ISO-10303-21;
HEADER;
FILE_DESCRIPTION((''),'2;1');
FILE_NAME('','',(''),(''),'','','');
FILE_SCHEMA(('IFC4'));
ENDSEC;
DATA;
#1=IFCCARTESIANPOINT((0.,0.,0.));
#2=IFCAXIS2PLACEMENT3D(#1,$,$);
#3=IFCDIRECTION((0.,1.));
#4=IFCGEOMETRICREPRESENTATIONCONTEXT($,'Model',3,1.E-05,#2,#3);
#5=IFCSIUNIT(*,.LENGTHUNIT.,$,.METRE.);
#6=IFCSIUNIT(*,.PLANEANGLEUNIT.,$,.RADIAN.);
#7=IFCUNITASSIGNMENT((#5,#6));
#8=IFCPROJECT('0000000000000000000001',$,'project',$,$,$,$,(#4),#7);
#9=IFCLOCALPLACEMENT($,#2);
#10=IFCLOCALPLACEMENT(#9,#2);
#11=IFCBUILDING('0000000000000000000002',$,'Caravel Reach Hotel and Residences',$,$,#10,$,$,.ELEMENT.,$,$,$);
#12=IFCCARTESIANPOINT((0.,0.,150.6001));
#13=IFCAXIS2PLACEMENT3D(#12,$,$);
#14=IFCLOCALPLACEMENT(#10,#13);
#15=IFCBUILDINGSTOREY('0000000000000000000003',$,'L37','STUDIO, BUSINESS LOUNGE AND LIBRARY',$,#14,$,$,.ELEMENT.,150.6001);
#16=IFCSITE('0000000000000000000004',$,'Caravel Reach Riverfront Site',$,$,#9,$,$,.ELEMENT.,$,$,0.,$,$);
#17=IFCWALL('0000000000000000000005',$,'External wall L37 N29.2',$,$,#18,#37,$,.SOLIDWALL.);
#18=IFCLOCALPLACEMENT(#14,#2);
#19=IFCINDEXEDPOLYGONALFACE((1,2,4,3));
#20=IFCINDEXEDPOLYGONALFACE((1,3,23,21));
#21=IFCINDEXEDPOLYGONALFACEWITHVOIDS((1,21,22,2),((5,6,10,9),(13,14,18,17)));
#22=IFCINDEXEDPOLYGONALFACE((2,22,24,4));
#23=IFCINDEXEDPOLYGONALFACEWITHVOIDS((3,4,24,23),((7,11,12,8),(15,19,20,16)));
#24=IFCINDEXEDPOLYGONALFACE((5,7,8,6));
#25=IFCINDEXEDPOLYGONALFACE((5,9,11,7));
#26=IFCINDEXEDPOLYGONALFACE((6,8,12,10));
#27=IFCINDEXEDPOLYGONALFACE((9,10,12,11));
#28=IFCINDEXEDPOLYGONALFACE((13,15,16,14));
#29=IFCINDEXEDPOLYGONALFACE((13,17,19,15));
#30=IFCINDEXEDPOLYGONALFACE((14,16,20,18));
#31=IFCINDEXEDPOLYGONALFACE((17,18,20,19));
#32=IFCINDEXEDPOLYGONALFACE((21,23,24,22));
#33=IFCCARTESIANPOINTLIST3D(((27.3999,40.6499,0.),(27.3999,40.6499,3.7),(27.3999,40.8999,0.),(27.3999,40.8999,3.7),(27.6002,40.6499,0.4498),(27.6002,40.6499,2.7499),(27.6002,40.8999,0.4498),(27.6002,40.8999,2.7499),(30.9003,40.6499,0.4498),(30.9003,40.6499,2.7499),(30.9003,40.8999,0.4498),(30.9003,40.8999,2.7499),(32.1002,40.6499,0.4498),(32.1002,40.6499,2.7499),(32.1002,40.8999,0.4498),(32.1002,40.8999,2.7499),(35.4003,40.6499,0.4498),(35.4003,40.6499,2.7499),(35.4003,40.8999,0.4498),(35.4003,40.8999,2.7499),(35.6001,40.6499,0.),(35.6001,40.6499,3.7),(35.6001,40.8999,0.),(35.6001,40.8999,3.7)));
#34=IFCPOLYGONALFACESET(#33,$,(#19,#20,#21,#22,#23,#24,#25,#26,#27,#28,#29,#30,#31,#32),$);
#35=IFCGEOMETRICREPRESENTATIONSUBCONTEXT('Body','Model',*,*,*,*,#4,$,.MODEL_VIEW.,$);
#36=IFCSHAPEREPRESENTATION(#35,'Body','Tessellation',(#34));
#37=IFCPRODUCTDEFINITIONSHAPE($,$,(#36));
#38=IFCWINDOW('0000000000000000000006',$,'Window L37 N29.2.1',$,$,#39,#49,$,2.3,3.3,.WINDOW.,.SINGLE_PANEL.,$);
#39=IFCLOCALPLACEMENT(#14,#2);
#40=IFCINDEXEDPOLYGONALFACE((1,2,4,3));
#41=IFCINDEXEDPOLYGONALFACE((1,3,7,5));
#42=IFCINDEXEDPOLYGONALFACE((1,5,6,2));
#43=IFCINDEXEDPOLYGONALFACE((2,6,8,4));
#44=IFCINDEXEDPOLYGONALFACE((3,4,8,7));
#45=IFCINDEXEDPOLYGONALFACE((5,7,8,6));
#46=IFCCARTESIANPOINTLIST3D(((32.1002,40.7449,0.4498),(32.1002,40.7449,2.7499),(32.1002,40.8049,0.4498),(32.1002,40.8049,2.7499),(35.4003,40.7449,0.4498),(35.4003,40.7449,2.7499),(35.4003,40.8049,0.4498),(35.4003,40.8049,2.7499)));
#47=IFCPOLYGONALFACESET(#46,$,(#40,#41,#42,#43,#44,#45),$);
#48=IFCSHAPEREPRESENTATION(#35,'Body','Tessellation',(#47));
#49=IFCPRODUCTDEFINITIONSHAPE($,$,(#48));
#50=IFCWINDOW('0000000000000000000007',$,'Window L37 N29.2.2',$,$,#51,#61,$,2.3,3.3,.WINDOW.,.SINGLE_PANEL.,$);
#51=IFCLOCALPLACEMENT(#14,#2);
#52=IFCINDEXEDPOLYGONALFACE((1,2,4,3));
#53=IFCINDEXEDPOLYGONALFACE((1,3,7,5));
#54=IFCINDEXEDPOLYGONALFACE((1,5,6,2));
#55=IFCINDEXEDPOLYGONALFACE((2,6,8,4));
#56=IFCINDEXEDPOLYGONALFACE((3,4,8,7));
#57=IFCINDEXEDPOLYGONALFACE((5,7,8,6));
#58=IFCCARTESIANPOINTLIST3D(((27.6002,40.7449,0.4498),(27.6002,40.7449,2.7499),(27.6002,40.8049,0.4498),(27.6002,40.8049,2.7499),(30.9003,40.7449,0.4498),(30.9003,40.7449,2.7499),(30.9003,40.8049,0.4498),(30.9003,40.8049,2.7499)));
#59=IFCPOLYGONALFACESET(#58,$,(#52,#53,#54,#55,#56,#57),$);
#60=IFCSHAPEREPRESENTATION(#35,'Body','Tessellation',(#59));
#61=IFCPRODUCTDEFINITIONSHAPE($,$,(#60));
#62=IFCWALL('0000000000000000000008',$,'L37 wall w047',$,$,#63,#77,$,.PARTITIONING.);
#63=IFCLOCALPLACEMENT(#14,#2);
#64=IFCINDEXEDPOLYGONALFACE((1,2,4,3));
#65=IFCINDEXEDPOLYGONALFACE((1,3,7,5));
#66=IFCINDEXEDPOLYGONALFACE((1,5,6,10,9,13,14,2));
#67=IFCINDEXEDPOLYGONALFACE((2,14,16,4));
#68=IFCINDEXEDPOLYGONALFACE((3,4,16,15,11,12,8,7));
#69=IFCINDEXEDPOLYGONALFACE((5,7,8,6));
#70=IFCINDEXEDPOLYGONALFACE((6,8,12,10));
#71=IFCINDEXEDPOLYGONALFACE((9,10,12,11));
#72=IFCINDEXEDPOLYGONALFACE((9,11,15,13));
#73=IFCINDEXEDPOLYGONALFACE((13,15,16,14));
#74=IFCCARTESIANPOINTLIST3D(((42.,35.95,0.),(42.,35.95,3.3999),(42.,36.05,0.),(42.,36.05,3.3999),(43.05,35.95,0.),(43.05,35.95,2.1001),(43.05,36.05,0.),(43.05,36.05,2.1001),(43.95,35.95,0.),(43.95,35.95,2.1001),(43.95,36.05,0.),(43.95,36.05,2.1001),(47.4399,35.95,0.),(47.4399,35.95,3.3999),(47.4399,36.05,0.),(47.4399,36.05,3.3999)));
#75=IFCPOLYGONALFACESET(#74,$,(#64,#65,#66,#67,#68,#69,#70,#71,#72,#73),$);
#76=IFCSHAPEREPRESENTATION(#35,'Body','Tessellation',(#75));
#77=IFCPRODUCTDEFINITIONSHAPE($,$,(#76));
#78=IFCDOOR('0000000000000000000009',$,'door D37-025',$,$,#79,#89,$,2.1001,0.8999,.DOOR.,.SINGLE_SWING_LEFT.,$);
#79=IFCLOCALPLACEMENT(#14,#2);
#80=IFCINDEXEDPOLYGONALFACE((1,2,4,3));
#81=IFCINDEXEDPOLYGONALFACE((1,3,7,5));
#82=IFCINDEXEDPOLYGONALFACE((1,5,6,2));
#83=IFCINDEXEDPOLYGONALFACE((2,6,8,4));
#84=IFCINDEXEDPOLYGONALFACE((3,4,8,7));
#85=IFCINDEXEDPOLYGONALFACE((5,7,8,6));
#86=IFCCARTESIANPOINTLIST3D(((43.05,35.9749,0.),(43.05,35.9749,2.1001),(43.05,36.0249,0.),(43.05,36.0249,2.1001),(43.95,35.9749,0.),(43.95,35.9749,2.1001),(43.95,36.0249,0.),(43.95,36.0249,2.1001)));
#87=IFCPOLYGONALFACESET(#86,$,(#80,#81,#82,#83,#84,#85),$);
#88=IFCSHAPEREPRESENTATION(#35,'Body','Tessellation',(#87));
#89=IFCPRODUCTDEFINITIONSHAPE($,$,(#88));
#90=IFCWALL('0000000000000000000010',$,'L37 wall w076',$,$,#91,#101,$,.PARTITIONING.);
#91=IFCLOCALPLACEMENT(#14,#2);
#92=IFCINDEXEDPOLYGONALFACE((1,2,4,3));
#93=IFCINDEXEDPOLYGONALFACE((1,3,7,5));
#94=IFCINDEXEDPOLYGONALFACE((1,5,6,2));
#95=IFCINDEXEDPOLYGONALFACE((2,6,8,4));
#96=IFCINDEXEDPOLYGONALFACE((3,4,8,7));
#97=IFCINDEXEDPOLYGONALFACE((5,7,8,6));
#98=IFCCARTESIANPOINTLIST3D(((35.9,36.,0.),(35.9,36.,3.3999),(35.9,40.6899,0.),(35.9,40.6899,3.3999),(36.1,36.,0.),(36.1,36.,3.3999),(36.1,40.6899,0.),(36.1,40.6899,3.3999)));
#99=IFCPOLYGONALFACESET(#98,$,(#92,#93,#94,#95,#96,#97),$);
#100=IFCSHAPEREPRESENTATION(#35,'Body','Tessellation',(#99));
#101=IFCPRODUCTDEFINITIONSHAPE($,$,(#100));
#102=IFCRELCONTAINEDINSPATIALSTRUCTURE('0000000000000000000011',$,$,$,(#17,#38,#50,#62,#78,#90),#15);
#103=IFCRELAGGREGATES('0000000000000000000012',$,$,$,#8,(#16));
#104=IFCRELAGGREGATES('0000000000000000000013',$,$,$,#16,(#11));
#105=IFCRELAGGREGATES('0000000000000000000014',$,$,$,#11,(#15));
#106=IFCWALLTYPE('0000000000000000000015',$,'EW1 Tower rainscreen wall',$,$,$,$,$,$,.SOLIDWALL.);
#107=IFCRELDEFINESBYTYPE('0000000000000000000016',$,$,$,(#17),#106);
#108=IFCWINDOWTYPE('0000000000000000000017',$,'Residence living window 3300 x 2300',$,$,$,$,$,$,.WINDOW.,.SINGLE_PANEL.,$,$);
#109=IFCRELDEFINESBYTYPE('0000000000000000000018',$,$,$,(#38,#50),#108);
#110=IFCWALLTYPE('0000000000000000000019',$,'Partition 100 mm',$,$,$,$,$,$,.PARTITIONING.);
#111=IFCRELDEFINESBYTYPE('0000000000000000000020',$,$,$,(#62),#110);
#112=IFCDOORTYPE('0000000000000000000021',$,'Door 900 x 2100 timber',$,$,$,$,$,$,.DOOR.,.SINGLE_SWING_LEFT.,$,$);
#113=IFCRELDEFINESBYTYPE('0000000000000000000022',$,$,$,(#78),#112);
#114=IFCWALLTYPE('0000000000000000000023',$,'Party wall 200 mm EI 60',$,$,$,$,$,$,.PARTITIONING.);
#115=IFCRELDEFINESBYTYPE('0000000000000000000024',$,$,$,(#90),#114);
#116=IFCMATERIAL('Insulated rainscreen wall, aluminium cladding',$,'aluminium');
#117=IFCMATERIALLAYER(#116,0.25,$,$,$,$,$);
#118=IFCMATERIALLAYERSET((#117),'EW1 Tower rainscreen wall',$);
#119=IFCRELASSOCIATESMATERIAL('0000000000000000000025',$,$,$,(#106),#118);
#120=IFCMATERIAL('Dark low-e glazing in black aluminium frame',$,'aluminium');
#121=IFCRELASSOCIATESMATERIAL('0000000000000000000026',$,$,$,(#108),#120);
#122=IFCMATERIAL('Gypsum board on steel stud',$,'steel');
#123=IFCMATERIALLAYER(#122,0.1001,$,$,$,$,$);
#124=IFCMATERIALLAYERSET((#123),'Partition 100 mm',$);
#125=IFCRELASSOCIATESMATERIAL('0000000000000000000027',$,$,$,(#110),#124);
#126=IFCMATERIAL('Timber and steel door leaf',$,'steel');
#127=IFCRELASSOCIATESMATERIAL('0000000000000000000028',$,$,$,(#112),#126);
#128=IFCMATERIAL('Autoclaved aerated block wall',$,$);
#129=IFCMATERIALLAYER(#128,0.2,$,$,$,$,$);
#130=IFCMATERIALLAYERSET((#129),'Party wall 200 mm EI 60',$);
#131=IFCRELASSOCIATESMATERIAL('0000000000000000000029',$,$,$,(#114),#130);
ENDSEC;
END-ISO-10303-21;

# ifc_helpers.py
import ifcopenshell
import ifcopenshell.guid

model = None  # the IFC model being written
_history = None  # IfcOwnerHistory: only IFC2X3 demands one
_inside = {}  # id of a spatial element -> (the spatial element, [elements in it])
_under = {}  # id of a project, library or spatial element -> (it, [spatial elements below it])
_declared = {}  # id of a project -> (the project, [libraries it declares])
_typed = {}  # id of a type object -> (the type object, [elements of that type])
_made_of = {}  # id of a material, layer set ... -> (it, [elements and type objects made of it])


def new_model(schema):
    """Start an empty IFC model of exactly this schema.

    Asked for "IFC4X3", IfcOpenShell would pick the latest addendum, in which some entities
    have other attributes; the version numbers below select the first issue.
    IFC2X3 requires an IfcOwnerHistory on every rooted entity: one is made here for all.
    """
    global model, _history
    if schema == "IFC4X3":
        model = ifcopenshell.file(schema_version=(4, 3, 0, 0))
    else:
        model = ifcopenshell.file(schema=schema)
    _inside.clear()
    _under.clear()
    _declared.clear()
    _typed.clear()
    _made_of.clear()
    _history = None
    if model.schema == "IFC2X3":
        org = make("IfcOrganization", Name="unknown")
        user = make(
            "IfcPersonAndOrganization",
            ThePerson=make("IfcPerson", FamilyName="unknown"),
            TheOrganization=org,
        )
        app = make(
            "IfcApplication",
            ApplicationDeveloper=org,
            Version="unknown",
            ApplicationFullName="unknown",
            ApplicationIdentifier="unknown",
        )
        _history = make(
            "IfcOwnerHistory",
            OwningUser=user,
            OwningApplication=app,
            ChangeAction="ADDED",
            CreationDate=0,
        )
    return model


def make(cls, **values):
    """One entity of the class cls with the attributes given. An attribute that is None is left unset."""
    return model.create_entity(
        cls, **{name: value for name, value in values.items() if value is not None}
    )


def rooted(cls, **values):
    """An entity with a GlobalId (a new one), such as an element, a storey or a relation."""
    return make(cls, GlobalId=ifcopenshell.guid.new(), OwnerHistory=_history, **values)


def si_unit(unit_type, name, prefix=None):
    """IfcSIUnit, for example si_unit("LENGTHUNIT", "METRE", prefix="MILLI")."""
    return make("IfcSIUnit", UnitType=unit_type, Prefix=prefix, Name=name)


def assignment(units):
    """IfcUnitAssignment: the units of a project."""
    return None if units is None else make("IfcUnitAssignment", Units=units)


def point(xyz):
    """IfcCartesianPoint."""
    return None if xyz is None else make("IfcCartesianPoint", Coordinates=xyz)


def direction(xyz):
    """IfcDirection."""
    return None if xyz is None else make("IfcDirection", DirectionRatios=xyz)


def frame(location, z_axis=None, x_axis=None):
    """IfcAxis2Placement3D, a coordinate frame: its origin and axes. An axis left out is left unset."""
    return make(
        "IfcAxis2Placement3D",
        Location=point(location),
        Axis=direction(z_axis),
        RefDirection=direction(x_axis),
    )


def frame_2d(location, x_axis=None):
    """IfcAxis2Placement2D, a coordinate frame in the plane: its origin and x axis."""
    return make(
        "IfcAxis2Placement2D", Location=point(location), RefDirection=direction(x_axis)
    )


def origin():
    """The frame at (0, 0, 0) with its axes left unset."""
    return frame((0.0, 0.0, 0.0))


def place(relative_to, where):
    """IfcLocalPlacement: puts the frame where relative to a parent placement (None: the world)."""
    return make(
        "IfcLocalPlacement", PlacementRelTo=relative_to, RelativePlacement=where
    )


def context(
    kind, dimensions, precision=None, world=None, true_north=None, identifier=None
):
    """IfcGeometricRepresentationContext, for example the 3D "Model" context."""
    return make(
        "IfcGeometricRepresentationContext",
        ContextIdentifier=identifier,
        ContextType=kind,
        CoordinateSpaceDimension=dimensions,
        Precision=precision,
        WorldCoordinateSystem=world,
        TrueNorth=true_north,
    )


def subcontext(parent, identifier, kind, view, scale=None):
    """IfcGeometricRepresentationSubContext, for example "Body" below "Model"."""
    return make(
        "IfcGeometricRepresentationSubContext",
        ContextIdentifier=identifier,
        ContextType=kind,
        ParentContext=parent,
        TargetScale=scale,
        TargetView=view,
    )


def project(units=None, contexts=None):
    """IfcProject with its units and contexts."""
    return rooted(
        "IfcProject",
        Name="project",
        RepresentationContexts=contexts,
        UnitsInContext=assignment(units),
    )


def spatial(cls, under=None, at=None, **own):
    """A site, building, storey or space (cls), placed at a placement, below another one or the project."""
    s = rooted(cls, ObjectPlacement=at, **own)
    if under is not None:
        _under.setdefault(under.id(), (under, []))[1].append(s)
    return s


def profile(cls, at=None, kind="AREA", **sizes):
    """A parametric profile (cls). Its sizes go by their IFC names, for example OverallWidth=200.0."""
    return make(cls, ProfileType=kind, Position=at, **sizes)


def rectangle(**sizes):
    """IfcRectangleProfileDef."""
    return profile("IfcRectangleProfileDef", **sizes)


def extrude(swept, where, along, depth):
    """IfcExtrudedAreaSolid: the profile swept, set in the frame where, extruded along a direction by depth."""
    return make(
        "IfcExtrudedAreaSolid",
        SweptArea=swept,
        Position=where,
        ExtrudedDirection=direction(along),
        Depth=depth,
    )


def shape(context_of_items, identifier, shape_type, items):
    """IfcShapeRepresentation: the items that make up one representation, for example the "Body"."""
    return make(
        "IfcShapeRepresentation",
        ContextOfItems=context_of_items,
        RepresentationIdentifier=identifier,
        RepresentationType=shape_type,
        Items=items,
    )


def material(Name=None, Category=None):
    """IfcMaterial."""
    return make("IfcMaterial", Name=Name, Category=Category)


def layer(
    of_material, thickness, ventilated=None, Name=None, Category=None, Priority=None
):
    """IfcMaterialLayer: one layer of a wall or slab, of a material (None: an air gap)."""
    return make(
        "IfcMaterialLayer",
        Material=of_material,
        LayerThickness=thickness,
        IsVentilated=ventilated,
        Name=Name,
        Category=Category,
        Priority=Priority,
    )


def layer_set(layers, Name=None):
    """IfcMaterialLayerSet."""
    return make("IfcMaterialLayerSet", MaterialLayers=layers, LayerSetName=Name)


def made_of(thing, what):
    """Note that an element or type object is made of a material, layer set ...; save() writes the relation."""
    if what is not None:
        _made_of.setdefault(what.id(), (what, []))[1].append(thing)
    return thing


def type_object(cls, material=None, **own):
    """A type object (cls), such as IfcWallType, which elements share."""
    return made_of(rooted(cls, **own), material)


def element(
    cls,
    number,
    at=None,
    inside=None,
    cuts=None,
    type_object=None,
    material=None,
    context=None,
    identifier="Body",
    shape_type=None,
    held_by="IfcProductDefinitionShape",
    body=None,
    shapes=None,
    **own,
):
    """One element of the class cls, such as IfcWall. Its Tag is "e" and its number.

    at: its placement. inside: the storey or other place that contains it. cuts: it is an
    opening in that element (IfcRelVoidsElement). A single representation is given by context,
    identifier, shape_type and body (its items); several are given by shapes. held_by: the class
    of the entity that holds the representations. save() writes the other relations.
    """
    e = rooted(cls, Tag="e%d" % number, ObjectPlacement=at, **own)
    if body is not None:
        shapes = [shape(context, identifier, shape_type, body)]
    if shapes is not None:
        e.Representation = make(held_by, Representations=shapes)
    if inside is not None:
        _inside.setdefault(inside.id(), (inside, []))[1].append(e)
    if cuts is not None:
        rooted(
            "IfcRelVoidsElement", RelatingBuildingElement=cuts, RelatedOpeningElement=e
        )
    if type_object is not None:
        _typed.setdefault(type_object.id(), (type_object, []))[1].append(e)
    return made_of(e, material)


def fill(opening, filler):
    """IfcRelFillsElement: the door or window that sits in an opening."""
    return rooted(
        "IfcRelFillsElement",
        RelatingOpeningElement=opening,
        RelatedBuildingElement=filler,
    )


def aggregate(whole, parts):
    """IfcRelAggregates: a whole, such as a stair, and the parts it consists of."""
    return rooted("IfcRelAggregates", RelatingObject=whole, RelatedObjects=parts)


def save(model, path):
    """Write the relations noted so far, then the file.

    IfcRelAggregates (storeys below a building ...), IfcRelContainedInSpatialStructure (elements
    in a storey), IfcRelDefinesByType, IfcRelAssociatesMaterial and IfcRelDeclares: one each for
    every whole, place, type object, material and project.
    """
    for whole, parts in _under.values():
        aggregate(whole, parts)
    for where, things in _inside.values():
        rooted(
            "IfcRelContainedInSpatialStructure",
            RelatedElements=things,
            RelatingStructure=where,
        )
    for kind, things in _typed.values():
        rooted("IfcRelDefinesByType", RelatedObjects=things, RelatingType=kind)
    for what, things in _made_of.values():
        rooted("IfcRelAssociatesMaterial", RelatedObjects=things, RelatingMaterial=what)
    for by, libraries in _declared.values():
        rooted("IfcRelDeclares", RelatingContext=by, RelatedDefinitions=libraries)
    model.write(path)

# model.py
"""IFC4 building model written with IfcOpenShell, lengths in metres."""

from ifc_helpers import new_model, si_unit, direction, frame, frame_2d, origin, place, context, subcontext, project, spatial, rectangle, extrude, material, layer, layer_set, type_object, element, fill, save


model = new_model("IFC4")

# Units and contexts
model_context = context("Model", 3, precision=1e-05, world=origin(), true_north=direction((0.0, 1.0)))
body_context = subcontext(model_context, "Body", "Model", "MODEL_VIEW")
ifc_project = project(units=[si_unit("LENGTHUNIT", "METRE"), si_unit("PLANEANGLEUNIT", "RADIAN")], contexts=[model_context])

# Site, building, storey
site_placement = place(None, origin())
site = spatial("IfcSite", under=ifc_project, at=site_placement, Name="Caravel Reach Riverfront Site", CompositionType="ELEMENT", RefElevation=0.0)
building_placement = place(site_placement, origin())
building = spatial("IfcBuilding", under=site, at=building_placement, Name="Caravel Reach Hotel and Residences", CompositionType="ELEMENT")
storey_placement = place(building_placement, frame((0.0, 0.0, 150.6001)))
storey = spatial("IfcBuildingStorey", under=building, at=storey_placement, Name="L37", Description="STUDIO, BUSINESS LOUNGE AND LIBRARY", CompositionType="ELEMENT", Elevation=150.6001)

# Wall, openings, windows
ifc_material_1 = material(Name="Insulated rainscreen wall, aluminium cladding", Category="aluminium")
ifc_layer_1 = layer(ifc_material_1, 0.25)
ifc_layer_set_1 = layer_set([ifc_layer_1], Name="EW1 Tower rainscreen wall")
wall_type_1 = type_object("IfcWallType", Name="EW1 Tower rainscreen wall", PredefinedType="SOLIDWALL", material=ifc_layer_set_1)
ifc_material_2 = material(Name="Dark low-e glazing in black aluminium frame", Category="aluminium")
window_type = type_object("IfcWindowType", Name="Residence living window 3300 x 2300", PartitioningType="SINGLE_PANEL", PredefinedType="WINDOW", material=ifc_material_2)
wall_1_placement = place(storey_placement, frame((35.6001, 40.7749, 0.0), z_axis=(0.0, 0.0, 1.0), x_axis=(-1.0, 0.0, 0.0)))
wall_1 = element("IfcWall", 1, at=wall_1_placement, inside=storey, type_object=wall_type_1, Name="External wall L37 N29.2", PredefinedType="SOLIDWALL", context=body_context, shape_type="SweptSolid", body=[
    extrude(rectangle(XDim=8.2002, YDim=0.25, at=frame_2d((4.1001, 0.0))), origin(), (0.0, 0.0, 1.0), 3.7),
])
opening_1_placement = place(wall_1_placement, frame((0.2, 0.0, 0.45)))
opening_1 = element("IfcOpeningElement", 2, at=opening_1_placement, cuts=wall_1, PredefinedType="OPENING", context=body_context, shape_type="SweptSolid", body=[
    extrude(rectangle(XDim=3.3, YDim=2.3, at=frame_2d((1.6499, 1.1499))), frame((0.0, 0.135, 0.0), z_axis=(0.0, -1.0, 0.0), x_axis=(1.0, 0.0, 0.0)), (0.0, 0.0, 1.0), 0.27),
])
opening_2_placement = place(wall_1_placement, frame((4.7, 0.0, 0.45)))
opening_2 = element("IfcOpeningElement", 3, at=opening_2_placement, cuts=wall_1, PredefinedType="OPENING", context=body_context, shape_type="SweptSolid", body=[
    extrude(rectangle(XDim=3.3, YDim=2.3, at=frame_2d((1.6499, 1.1499))), frame((0.0, 0.135, 0.0), z_axis=(0.0, -1.0, 0.0), x_axis=(1.0, 0.0, 0.0)), (0.0, 0.0, 1.0), 0.27),
])
window_1_placement = place(opening_1_placement, origin())
window_1 = element("IfcWindow", 4, at=window_1_placement, inside=storey, type_object=window_type, Name="Window L37 N29.2.1", OverallHeight=2.3, OverallWidth=3.3, PartitioningType="SINGLE_PANEL", PredefinedType="WINDOW", context=body_context, shape_type="SweptSolid", body=[
    extrude(rectangle(XDim=3.3, YDim=2.3, at=frame_2d((1.6499, 1.1499))), frame((0.0, 0.03, 0.0), z_axis=(0.0, -1.0, 0.0), x_axis=(1.0, 0.0, 0.0)), (0.0, 0.0, 1.0), 0.0601),
])
fill(opening_1, window_1)
window_2_placement = place(opening_2_placement, origin())
window_2 = element("IfcWindow", 5, at=window_2_placement, inside=storey, type_object=window_type, Name="Window L37 N29.2.2", OverallHeight=2.3, OverallWidth=3.3, PartitioningType="SINGLE_PANEL", PredefinedType="WINDOW", context=body_context, shape_type="SweptSolid", body=[
    extrude(rectangle(XDim=3.3, YDim=2.3, at=frame_2d((1.6499, 1.1499))), frame((0.0, 0.03, 0.0), z_axis=(0.0, -1.0, 0.0), x_axis=(1.0, 0.0, 0.0)), (0.0, 0.0, 1.0), 0.0601),
])
fill(opening_2, window_2)

# Wall, opening, door
ifc_material_3 = material(Name="Gypsum board on steel stud", Category="steel")
ifc_layer_2 = layer(ifc_material_3, 0.1001)
ifc_layer_set_2 = layer_set([ifc_layer_2], Name="Partition 100 mm")
wall_type_2 = type_object("IfcWallType", Name="Partition 100 mm", PredefinedType="PARTITIONING", material=ifc_layer_set_2)
wall_2_placement = place(storey_placement, frame((42.0, 36.0, 0.0), z_axis=(0.0, 0.0, 1.0), x_axis=(1.0, 0.0, 0.0)))
wall_2 = element("IfcWall", 6, at=wall_2_placement, inside=storey, type_object=wall_type_2, Name="L37 wall w047", PredefinedType="PARTITIONING", context=body_context, shape_type="SweptSolid", body=[
    extrude(rectangle(XDim=5.4399, YDim=0.1001, at=frame_2d((2.72, 0.0))), origin(), (0.0, 0.0, 1.0), 3.3999),
])
opening_3_placement = place(wall_2_placement, frame((1.05, 0.0, 0.0)))
opening_3 = element("IfcOpeningElement", 7, at=opening_3_placement, cuts=wall_2, PredefinedType="OPENING", context=body_context, shape_type="SweptSolid", body=[
    extrude(rectangle(XDim=0.8999, YDim=2.1001, at=frame_2d((0.45, 1.05))), frame((0.0, 0.0601, 0.0), z_axis=(0.0, -1.0, 0.0), x_axis=(1.0, 0.0, 0.0)), (0.0, 0.0, 1.0), 0.1201),
])
ifc_material_4 = material(Name="Timber and steel door leaf", Category="steel")
door_type = type_object("IfcDoorType", Name="Door 900 x 2100 timber", OperationType="SINGLE_SWING_LEFT", PredefinedType="DOOR", material=ifc_material_4)
door_placement = place(opening_3_placement, origin())
door = element("IfcDoor", 8, at=door_placement, inside=storey, type_object=door_type, Name="door D37-025", OperationType="SINGLE_SWING_LEFT", OverallHeight=2.1001, OverallWidth=0.8999, PredefinedType="DOOR", context=body_context, shape_type="SweptSolid", body=[
    extrude(rectangle(XDim=0.8999, YDim=2.1001, at=frame_2d((0.45, 1.05))), frame((0.0, 0.0249, 0.0), z_axis=(0.0, -1.0, 0.0), x_axis=(1.0, 0.0, 0.0)), (0.0, 0.0, 1.0), 0.05),
])
fill(opening_3, door)

# Wall
ifc_material_5 = material(Name="Autoclaved aerated block wall")
ifc_layer_3 = layer(ifc_material_5, 0.2)
ifc_layer_set_3 = layer_set([ifc_layer_3], Name="Party wall 200 mm EI 60")
wall_type_3 = type_object("IfcWallType", Name="Party wall 200 mm EI 60", PredefinedType="PARTITIONING", material=ifc_layer_set_3)
wall_3_placement = place(storey_placement, frame((36.0, 36.0, 0.0), z_axis=(0.0, 0.0, 1.0), x_axis=(0.0, 1.0, 0.0)))
element("IfcWall", 9, at=wall_3_placement, inside=storey, type_object=wall_type_3, Name="L37 wall w076", PredefinedType="PARTITIONING", context=body_context, shape_type="SweptSolid", body=[
    extrude(rectangle(XDim=4.6899, YDim=0.2, at=frame_2d((2.345, 0.0))), origin(), (0.0, 0.0, 1.0), 3.3999),
])

save(model, "model.ifc")
